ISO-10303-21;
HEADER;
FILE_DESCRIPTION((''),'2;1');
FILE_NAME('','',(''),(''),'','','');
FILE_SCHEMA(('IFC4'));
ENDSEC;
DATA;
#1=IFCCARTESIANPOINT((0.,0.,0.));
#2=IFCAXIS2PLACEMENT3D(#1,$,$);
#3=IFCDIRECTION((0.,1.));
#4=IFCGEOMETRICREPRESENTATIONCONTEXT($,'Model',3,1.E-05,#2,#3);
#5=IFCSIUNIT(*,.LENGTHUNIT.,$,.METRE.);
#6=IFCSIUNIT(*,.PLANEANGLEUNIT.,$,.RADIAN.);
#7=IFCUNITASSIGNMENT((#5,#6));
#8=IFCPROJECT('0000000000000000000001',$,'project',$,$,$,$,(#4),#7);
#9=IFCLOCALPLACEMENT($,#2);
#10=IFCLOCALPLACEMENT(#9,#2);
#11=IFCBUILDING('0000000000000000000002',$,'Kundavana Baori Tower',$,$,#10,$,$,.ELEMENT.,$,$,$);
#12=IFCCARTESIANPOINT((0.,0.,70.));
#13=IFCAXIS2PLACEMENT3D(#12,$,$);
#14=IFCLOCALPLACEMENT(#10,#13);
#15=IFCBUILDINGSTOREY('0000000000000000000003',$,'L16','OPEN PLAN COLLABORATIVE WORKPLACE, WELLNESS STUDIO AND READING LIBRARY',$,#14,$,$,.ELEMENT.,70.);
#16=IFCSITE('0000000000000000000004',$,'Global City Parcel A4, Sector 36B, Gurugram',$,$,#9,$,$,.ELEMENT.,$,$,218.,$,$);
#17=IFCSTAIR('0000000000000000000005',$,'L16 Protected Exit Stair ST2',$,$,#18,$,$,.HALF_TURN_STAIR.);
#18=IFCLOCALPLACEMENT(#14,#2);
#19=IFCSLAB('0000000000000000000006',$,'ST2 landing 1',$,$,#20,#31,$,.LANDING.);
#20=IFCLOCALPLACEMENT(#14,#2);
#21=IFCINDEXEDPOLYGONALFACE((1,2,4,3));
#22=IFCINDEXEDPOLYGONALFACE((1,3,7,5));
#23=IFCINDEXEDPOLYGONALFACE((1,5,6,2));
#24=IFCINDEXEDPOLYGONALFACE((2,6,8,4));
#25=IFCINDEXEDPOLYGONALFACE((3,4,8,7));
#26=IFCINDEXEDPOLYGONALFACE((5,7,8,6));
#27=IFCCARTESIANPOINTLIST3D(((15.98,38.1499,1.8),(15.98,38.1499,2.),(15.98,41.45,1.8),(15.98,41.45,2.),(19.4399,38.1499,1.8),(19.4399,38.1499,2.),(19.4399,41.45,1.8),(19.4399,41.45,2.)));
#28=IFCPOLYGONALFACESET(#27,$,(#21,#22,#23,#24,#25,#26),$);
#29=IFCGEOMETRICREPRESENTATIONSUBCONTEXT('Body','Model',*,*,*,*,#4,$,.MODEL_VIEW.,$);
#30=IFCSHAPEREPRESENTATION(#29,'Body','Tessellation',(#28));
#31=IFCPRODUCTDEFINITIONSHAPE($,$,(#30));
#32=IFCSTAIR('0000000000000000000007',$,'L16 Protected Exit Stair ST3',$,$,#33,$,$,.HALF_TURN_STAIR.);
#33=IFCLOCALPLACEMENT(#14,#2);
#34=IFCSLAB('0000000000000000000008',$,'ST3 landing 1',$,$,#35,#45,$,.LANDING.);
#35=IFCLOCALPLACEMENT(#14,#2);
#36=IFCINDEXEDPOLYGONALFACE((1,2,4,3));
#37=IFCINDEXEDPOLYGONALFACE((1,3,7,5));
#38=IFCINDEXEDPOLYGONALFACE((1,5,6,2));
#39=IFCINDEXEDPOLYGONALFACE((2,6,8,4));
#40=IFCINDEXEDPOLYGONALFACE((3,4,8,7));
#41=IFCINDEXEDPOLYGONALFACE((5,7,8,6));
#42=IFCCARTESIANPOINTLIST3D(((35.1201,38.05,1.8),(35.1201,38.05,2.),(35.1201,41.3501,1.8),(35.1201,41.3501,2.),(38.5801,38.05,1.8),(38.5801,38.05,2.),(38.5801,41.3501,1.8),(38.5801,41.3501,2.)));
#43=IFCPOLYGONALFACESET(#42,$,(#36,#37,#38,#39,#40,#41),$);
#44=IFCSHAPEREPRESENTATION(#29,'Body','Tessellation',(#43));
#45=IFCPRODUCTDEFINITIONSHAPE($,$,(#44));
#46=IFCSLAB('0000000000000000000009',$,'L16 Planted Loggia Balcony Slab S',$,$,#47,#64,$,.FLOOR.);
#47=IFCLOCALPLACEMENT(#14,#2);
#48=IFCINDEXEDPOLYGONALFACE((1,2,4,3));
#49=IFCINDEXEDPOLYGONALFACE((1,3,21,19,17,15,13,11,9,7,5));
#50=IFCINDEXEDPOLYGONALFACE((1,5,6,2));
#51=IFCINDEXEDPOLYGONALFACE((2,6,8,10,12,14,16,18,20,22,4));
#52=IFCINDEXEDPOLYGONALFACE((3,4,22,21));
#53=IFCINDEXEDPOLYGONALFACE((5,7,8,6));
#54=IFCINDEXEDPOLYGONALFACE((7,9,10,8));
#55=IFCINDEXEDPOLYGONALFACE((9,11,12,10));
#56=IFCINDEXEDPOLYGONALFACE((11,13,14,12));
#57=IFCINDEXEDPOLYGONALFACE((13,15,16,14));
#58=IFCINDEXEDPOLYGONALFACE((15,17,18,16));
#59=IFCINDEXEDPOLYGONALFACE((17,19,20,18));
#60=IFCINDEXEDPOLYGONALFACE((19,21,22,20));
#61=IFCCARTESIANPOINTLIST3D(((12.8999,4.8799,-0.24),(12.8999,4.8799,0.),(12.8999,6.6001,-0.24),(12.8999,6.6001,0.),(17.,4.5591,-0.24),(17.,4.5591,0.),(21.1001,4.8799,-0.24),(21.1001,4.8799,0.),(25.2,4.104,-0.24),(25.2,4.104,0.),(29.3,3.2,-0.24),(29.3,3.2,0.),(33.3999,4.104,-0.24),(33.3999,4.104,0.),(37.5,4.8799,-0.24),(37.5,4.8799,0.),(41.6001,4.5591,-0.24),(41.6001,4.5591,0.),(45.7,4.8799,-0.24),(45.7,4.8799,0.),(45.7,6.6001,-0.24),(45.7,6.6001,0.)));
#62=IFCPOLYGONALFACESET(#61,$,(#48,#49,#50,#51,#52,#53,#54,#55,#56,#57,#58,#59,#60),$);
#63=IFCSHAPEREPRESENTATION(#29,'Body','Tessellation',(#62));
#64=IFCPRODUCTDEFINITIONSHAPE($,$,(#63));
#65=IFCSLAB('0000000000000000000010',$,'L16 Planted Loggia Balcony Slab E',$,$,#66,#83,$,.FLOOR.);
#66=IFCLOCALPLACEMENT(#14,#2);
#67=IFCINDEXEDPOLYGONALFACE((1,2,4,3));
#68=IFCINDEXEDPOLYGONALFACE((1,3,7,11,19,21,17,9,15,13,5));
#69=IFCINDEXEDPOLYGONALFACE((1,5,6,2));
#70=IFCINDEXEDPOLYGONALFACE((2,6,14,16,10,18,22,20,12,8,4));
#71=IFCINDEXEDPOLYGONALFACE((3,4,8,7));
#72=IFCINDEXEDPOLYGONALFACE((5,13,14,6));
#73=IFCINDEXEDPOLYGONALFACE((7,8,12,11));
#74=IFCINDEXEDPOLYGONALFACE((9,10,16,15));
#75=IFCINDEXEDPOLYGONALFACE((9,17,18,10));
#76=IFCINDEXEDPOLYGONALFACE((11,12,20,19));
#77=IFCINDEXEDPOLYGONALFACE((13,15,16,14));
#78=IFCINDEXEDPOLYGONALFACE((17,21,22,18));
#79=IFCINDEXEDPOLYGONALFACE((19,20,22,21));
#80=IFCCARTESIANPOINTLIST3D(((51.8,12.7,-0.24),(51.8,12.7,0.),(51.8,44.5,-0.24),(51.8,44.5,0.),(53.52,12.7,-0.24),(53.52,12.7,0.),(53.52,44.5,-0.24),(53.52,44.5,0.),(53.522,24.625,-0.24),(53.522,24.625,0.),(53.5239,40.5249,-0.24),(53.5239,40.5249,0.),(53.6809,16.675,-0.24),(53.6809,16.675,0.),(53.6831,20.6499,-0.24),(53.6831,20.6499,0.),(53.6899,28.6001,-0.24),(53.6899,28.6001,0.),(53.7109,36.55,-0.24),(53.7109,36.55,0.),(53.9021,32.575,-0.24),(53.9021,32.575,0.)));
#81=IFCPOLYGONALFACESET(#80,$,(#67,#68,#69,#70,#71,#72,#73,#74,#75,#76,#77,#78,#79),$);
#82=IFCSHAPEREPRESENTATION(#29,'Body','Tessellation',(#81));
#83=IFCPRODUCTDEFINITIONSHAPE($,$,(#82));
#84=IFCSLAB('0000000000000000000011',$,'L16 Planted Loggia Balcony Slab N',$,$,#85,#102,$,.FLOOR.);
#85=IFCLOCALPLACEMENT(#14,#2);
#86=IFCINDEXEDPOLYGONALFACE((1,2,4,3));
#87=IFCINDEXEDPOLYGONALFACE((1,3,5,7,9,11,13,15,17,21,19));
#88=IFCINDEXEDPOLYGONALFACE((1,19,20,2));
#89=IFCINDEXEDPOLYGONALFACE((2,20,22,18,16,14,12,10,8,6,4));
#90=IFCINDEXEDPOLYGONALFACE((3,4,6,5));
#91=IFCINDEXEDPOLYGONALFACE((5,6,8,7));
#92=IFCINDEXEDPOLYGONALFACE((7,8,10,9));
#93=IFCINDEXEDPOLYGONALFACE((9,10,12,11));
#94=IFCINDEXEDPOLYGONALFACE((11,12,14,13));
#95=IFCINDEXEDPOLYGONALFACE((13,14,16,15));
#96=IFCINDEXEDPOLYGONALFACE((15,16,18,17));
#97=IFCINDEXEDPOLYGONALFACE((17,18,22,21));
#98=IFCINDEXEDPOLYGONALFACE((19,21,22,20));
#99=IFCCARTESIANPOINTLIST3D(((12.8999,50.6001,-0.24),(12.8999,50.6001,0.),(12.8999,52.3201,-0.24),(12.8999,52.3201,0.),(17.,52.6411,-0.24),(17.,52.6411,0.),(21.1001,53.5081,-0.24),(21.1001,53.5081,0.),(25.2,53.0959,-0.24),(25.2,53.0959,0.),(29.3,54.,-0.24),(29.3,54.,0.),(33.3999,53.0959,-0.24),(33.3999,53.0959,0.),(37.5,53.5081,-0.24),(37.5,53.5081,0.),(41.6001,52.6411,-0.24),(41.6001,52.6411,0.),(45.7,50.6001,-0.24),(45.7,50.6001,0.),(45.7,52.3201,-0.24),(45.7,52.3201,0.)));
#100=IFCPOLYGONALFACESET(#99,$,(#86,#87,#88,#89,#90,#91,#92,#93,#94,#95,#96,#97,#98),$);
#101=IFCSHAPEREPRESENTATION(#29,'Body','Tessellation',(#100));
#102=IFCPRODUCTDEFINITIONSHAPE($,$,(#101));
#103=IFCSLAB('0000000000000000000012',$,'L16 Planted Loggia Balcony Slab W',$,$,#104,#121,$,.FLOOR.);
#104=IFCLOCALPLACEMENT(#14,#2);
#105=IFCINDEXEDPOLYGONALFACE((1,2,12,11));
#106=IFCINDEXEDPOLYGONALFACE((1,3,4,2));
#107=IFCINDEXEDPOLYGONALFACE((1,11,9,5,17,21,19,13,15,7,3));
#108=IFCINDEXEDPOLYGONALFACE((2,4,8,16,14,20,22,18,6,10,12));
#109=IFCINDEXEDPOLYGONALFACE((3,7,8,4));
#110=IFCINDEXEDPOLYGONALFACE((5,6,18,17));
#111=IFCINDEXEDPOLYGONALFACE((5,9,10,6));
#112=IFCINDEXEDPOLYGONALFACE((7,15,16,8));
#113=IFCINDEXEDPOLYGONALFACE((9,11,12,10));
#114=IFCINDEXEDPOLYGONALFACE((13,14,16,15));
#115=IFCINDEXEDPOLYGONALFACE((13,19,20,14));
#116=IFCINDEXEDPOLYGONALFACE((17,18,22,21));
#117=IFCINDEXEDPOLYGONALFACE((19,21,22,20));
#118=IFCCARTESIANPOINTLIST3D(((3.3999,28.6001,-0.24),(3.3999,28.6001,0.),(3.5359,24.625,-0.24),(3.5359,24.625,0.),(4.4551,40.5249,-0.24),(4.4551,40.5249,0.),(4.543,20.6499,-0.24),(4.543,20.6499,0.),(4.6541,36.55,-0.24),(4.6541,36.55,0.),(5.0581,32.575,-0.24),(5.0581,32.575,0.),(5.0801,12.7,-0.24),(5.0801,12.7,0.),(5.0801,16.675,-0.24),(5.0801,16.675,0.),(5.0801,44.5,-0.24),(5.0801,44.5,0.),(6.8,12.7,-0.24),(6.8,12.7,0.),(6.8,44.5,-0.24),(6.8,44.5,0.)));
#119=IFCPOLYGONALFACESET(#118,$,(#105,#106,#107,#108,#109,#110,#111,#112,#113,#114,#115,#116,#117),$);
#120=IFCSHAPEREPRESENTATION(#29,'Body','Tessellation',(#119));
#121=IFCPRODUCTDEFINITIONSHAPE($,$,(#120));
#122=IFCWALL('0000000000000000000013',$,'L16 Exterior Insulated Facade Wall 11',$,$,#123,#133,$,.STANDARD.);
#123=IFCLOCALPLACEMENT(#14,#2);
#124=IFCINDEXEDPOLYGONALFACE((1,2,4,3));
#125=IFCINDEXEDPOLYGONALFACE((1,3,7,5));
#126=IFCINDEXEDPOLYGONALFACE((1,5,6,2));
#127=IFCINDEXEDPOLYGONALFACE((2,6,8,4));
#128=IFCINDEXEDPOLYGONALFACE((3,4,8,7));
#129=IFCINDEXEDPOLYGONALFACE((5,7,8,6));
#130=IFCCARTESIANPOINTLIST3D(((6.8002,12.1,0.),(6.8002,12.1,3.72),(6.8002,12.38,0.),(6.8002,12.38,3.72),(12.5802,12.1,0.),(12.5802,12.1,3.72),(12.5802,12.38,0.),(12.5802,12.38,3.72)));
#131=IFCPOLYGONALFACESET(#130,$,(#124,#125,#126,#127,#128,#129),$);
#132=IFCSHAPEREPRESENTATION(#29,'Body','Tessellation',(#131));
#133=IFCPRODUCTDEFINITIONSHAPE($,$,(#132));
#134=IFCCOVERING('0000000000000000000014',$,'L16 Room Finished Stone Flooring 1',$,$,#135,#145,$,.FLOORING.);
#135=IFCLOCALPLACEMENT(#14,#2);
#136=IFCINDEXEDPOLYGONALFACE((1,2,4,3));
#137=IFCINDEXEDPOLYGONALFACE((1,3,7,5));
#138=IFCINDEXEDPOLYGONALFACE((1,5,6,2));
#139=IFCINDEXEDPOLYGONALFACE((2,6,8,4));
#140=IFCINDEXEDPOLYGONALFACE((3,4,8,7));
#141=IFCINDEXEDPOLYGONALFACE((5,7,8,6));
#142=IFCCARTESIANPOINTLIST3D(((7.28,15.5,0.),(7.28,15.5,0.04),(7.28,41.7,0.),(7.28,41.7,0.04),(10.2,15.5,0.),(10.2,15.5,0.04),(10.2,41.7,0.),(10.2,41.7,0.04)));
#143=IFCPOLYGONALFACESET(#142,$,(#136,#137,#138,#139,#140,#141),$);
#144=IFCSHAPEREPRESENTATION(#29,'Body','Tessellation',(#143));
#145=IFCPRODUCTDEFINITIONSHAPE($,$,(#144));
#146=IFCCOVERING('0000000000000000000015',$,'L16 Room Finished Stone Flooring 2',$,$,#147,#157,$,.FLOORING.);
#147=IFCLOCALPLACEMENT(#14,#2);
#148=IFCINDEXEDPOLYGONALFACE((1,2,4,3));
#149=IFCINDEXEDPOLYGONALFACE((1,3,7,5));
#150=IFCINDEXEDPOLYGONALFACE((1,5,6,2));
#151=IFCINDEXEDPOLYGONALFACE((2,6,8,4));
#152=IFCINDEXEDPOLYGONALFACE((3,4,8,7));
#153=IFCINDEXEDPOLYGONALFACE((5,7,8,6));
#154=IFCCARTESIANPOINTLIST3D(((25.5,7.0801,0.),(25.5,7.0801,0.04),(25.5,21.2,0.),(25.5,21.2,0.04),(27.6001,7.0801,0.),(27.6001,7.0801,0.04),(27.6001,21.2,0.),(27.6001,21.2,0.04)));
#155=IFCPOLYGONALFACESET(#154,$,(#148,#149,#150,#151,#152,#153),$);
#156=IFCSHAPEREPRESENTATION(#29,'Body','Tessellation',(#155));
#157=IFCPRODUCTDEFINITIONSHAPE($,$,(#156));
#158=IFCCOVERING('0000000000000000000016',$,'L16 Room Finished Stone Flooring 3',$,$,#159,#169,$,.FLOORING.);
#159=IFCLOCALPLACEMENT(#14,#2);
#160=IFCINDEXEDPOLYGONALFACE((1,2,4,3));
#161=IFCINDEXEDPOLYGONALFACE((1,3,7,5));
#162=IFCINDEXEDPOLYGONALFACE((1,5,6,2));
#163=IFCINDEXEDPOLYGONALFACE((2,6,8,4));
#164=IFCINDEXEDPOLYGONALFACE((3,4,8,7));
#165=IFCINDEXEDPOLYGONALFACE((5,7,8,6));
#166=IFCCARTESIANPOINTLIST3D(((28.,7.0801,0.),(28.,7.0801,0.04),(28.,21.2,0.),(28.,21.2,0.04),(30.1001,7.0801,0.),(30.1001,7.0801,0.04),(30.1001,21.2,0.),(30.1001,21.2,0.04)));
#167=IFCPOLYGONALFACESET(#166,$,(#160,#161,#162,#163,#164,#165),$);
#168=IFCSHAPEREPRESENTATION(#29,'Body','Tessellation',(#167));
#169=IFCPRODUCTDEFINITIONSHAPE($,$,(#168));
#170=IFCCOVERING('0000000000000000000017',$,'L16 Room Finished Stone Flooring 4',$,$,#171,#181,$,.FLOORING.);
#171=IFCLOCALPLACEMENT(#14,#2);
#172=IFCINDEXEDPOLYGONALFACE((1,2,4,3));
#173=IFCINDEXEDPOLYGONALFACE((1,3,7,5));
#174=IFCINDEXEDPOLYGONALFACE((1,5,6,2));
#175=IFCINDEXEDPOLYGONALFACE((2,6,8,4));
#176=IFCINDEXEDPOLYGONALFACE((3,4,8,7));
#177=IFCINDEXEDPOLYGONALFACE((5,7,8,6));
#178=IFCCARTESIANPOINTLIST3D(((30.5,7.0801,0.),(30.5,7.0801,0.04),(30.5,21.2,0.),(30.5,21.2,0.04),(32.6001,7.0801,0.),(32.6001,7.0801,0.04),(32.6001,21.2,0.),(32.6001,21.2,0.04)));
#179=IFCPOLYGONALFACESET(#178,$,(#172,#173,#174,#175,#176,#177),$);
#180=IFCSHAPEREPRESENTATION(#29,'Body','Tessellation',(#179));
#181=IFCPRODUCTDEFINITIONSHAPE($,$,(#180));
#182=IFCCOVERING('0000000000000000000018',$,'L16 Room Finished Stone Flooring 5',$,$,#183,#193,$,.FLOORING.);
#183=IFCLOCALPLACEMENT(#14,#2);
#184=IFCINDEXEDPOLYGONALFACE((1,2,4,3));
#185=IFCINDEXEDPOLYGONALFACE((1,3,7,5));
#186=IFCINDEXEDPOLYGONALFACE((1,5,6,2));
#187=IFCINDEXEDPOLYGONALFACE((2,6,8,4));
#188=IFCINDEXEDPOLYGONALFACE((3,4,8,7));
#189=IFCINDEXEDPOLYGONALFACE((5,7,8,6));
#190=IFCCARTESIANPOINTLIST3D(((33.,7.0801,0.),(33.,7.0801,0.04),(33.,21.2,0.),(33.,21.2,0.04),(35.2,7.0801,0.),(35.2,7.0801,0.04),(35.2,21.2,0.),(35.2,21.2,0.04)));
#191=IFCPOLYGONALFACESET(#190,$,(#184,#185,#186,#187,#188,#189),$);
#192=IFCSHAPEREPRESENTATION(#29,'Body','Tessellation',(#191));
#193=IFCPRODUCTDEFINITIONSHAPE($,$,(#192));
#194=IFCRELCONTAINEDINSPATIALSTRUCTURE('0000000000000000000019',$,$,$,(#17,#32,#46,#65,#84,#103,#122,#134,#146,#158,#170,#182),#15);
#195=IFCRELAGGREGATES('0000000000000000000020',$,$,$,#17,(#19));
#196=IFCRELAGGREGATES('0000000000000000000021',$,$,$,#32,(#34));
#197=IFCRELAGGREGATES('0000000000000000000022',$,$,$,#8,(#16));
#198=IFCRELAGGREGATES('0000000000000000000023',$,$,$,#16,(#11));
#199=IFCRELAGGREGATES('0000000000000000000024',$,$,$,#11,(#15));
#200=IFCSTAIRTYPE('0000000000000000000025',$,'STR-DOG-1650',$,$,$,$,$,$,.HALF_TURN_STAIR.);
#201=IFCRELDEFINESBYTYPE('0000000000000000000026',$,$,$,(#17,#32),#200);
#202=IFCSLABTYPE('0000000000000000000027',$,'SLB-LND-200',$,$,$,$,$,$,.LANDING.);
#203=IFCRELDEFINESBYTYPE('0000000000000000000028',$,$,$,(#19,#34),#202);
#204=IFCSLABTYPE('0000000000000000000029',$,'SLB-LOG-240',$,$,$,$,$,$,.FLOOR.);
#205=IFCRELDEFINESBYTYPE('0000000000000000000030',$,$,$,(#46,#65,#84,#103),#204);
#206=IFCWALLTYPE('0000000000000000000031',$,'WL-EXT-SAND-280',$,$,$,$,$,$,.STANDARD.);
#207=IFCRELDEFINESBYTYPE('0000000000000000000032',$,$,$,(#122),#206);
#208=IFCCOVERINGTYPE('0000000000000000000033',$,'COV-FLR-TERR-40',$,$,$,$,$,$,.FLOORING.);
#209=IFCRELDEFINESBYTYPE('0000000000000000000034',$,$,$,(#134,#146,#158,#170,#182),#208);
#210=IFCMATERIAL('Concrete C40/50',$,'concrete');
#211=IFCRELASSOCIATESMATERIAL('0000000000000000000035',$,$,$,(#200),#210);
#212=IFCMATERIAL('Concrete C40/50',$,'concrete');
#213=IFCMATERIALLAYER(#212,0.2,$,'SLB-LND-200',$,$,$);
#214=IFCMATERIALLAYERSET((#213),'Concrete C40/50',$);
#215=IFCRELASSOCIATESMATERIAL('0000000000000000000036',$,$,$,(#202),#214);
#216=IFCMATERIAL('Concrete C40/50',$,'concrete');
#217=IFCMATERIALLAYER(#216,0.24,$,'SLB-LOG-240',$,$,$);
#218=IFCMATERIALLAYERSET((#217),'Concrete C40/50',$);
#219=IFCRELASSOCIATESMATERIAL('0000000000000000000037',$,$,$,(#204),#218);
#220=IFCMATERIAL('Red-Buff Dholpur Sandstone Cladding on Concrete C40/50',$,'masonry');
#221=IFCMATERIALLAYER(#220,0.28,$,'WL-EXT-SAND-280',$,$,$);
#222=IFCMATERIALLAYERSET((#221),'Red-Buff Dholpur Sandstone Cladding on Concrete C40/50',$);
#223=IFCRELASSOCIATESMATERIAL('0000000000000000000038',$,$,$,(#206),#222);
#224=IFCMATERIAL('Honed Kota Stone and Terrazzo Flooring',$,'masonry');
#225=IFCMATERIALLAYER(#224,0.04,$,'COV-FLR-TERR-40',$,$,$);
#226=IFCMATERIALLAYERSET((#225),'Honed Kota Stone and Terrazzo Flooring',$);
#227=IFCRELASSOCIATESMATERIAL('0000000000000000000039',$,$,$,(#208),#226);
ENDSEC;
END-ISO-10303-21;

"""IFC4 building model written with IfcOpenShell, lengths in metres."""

from ifc_helpers import new_model, si_unit, direction, frame, frame_2d, origin, place, context, subcontext, project, spatial, polyline, rectangle, outline, extrude, material, layer, layer_set, type_object, element, aggregate, save


model = new_model("IFC4")

# Units and contexts
model_context = context("Model", 3, precision=1e-05, world=origin(), true_north=direction((0.0, 1.0)))
body_context = subcontext(model_context, "Body", "Model", "MODEL_VIEW")
ifc_project = project(units=[si_unit("LENGTHUNIT", "METRE"), si_unit("PLANEANGLEUNIT", "RADIAN")], contexts=[model_context])

# Site, building, storey
site_placement = place(None, origin())
site = spatial("IfcSite", under=ifc_project, at=site_placement, Name="Global City Parcel A4, Sector 36B, Gurugram", CompositionType="ELEMENT", RefElevation=218.0)
building_placement = place(site_placement, origin())
building = spatial("IfcBuilding", under=site, at=building_placement, Name="Kundavana Baori Tower", CompositionType="ELEMENT")
storey_placement = place(building_placement, frame((0.0, 0.0, 70.0)))
storey = spatial("IfcBuildingStorey", under=building, at=storey_placement, Name="L16", Description="OPEN PLAN COLLABORATIVE WORKPLACE, WELLNESS STUDIO AND READING LIBRARY", CompositionType="ELEMENT", Elevation=70.0)

# Stairs, slabs
ifc_material_1 = material(Name="Concrete C40/50", Category="concrete")
stair_type = type_object("IfcStairType", Name="STR-DOG-1650", PredefinedType="HALF_TURN_STAIR", material=ifc_material_1)
ifc_material_2 = material(Name="Concrete C40/50", Category="concrete")
ifc_layer_1 = layer(ifc_material_2, 0.2, Name="SLB-LND-200")
ifc_layer_set_1 = layer_set([ifc_layer_1], Name="Concrete C40/50")
slab_type_1 = type_object("IfcSlabType", Name="SLB-LND-200", PredefinedType="LANDING", material=ifc_layer_set_1)
stair_1_placement = place(storey_placement, origin())
stair_1 = element("IfcStair", 1, at=stair_1_placement, inside=storey, type_object=stair_type, Name="L16 Protected Exit Stair ST2", PredefinedType="HALF_TURN_STAIR")
slab_1_placement = place(storey_placement, frame((0.0, 0.0, 1.8)))
slab_1 = element("IfcSlab", 2, at=slab_1_placement, type_object=slab_type_1, Name="ST2 landing 1", PredefinedType="LANDING", context=body_context, shape_type="SweptSolid", body=[
    extrude(outline(polyline([(19.4399, 38.1499), (19.4399, 41.45), (15.98, 41.45), (15.98, 38.1499), (19.4399, 38.1499)])), origin(), (0.0, 0.0, 1.0), 0.2),
])
aggregate(stair_1, [slab_1])
stair_2_placement = place(storey_placement, origin())
stair_2 = element("IfcStair", 3, at=stair_2_placement, inside=storey, type_object=stair_type, Name="L16 Protected Exit Stair ST3", PredefinedType="HALF_TURN_STAIR")
slab_2_placement = place(storey_placement, frame((0.0, 0.0, 1.8)))
slab_2 = element("IfcSlab", 4, at=slab_2_placement, type_object=slab_type_1, Name="ST3 landing 1", PredefinedType="LANDING", context=body_context, shape_type="SweptSolid", body=[
    extrude(outline(polyline([(38.5801, 38.05), (38.5801, 41.3501), (35.1201, 41.3501), (35.1201, 38.05), (38.5801, 38.05)])), origin(), (0.0, 0.0, 1.0), 0.2),
])
aggregate(stair_2, [slab_2])

# Slabs
ifc_material_3 = material(Name="Concrete C40/50", Category="concrete")
ifc_layer_2 = layer(ifc_material_3, 0.24, Name="SLB-LOG-240")
ifc_layer_set_2 = layer_set([ifc_layer_2], Name="Concrete C40/50")
slab_type_2 = type_object("IfcSlabType", Name="SLB-LOG-240", PredefinedType="FLOOR", material=ifc_layer_set_2)
slab_3_placement = place(storey_placement, frame((0.0, 0.0, -0.24)))
element("IfcSlab", 5, at=slab_3_placement, inside=storey, type_object=slab_type_2, Name="L16 Planted Loggia Balcony Slab S", PredefinedType="FLOOR", context=body_context, shape_type="SweptSolid", body=[
    extrude(outline(polyline([(12.8999, 6.6001), (45.7, 6.6001), (45.7, 4.8799), (41.6001, 4.5591), (37.5, 4.8799), (33.3999, 4.104), (29.3, 3.2), (25.2, 4.104), (21.1001, 4.8799), (17.0, 4.5591), (12.8999, 4.8799), (12.8999, 6.6001)])), origin(), (0.0, 0.0, 1.0), 0.24),
])
slab_4_placement = place(storey_placement, frame((0.0, 0.0, -0.24)))
element("IfcSlab", 6, at=slab_4_placement, inside=storey, type_object=slab_type_2, Name="L16 Planted Loggia Balcony Slab E", PredefinedType="FLOOR", context=body_context, shape_type="SweptSolid", body=[
    extrude(outline(polyline([(51.8, 12.7), (51.8, 44.5), (53.52, 44.5), (53.5239, 40.5249), (53.7109, 36.55), (53.9021, 32.575), (53.6899, 28.6001), (53.522, 24.625), (53.6831, 20.6499), (53.6809, 16.675), (53.52, 12.7), (51.8, 12.7)])), origin(), (0.0, 0.0, 1.0), 0.24),
])
slab_5_placement = place(storey_placement, frame((0.0, 0.0, -0.24)))
element("IfcSlab", 7, at=slab_5_placement, inside=storey, type_object=slab_type_2, Name="L16 Planted Loggia Balcony Slab N", PredefinedType="FLOOR", context=body_context, shape_type="SweptSolid", body=[
    extrude(outline(polyline([(45.7, 50.6001), (12.8999, 50.6001), (12.8999, 52.3201), (17.0, 52.6411), (21.1001, 53.5081), (25.2, 53.0959), (29.3, 54.0), (33.3999, 53.0959), (37.5, 53.5081), (41.6001, 52.6411), (45.7, 52.3201), (45.7, 50.6001)])), origin(), (0.0, 0.0, 1.0), 0.24),
])
slab_6_placement = place(storey_placement, frame((0.0, 0.0, -0.24)))
element("IfcSlab", 8, at=slab_6_placement, inside=storey, type_object=slab_type_2, Name="L16 Planted Loggia Balcony Slab W", PredefinedType="FLOOR", context=body_context, shape_type="SweptSolid", body=[
    extrude(outline(polyline([(6.8, 44.5), (6.8, 12.7), (5.0801, 12.7), (5.0801, 16.675), (4.543, 20.6499), (3.5359, 24.625), (3.3999, 28.6001), (5.0581, 32.575), (4.6541, 36.55), (4.4551, 40.5249), (5.0801, 44.5), (6.8, 44.5)])), origin(), (0.0, 0.0, 1.0), 0.24),
])

# Wall
ifc_material_4 = material(Name="Red-Buff Dholpur Sandstone Cladding on Concrete C40/50", Category="masonry")
ifc_layer_3 = layer(ifc_material_4, 0.28, Name="WL-EXT-SAND-280")
ifc_layer_set_3 = layer_set([ifc_layer_3], Name="Red-Buff Dholpur Sandstone Cladding on Concrete C40/50")
wall_type = type_object("IfcWallType", Name="WL-EXT-SAND-280", PredefinedType="STANDARD", material=ifc_layer_set_3)
wall_placement = place(storey_placement, frame((6.8, 12.24, 0.0), z_axis=(0.0, 0.0, 1.0), x_axis=(1.0, 0.0, 0.0)))
element("IfcWall", 9, at=wall_placement, inside=storey, type_object=wall_type, Name="L16 Exterior Insulated Facade Wall 11", PredefinedType="STANDARD", context=body_context, shape_type="SweptSolid", body=[
    extrude(rectangle(XDim=5.78, YDim=0.28, at=frame_2d((2.8901, 0.0))), origin(), (0.0, 0.0, 1.0), 3.72),
])

# Coverings
ifc_material_5 = material(Name="Honed Kota Stone and Terrazzo Flooring", Category="masonry")
ifc_layer_4 = layer(ifc_material_5, 0.04, Name="COV-FLR-TERR-40")
ifc_layer_set_4 = layer_set([ifc_layer_4], Name="Honed Kota Stone and Terrazzo Flooring")
covering_type_1 = type_object("IfcCoveringType", Name="COV-FLR-TERR-40", PredefinedType="FLOORING", material=ifc_layer_set_4)
covering_1_placement = place(storey_placement, origin())
element("IfcCovering", 10, at=covering_1_placement, inside=storey, type_object=covering_type_1, Name="L16 Room Finished Stone Flooring 1", PredefinedType="FLOORING", context=body_context, shape_type="SweptSolid", body=[
    extrude(outline(polyline([(7.28, 15.5), (10.2, 15.5), (10.2, 41.7), (7.28, 41.7), (7.28, 15.5)])), origin(), (0.0, 0.0, 1.0), 0.04),
])
covering_2_placement = place(storey_placement, origin())
element("IfcCovering", 11, at=covering_2_placement, inside=storey, type_object=covering_type_1, Name="L16 Room Finished Stone Flooring 2", PredefinedType="FLOORING", context=body_context, shape_type="SweptSolid", body=[
    extrude(outline(polyline([(25.5, 7.0801), (27.6001, 7.0801), (27.6001, 21.2), (25.5, 21.2), (25.5, 7.0801)])), origin(), (0.0, 0.0, 1.0), 0.04),
])
covering_3_placement = place(storey_placement, origin())
element("IfcCovering", 12, at=covering_3_placement, inside=storey, type_object=covering_type_1, Name="L16 Room Finished Stone Flooring 3", PredefinedType="FLOORING", context=body_context, shape_type="SweptSolid", body=[
    extrude(outline(polyline([(28.0, 7.0801), (30.1001, 7.0801), (30.1001, 21.2), (28.0, 21.2), (28.0, 7.0801)])), origin(), (0.0, 0.0, 1.0), 0.04),
])
covering_4_placement = place(storey_placement, origin())
element("IfcCovering", 13, at=covering_4_placement, inside=storey, type_object=covering_type_1, Name="L16 Room Finished Stone Flooring 4", PredefinedType="FLOORING", context=body_context, shape_type="SweptSolid", body=[
    extrude(outline(polyline([(30.5, 7.0801), (32.6001, 7.0801), (32.6001, 21.2), (30.5, 21.2), (30.5, 7.0801)])), origin(), (0.0, 0.0, 1.0), 0.04),
])
covering_5_placement = place(storey_placement, origin())
element("IfcCovering", 14, at=covering_5_placement, inside=storey, type_object=covering_type_1, Name="L16 Room Finished Stone Flooring 5", PredefinedType="FLOORING", context=body_context, shape_type="SweptSolid", body=[
    extrude(outline(polyline([(33.0, 7.0801), (35.2, 7.0801), (35.2, 21.2), (33.0, 21.2), (33.0, 7.0801)])), origin(), (0.0, 0.0, 1.0), 0.04),
])

save(model, "model.ifc")
